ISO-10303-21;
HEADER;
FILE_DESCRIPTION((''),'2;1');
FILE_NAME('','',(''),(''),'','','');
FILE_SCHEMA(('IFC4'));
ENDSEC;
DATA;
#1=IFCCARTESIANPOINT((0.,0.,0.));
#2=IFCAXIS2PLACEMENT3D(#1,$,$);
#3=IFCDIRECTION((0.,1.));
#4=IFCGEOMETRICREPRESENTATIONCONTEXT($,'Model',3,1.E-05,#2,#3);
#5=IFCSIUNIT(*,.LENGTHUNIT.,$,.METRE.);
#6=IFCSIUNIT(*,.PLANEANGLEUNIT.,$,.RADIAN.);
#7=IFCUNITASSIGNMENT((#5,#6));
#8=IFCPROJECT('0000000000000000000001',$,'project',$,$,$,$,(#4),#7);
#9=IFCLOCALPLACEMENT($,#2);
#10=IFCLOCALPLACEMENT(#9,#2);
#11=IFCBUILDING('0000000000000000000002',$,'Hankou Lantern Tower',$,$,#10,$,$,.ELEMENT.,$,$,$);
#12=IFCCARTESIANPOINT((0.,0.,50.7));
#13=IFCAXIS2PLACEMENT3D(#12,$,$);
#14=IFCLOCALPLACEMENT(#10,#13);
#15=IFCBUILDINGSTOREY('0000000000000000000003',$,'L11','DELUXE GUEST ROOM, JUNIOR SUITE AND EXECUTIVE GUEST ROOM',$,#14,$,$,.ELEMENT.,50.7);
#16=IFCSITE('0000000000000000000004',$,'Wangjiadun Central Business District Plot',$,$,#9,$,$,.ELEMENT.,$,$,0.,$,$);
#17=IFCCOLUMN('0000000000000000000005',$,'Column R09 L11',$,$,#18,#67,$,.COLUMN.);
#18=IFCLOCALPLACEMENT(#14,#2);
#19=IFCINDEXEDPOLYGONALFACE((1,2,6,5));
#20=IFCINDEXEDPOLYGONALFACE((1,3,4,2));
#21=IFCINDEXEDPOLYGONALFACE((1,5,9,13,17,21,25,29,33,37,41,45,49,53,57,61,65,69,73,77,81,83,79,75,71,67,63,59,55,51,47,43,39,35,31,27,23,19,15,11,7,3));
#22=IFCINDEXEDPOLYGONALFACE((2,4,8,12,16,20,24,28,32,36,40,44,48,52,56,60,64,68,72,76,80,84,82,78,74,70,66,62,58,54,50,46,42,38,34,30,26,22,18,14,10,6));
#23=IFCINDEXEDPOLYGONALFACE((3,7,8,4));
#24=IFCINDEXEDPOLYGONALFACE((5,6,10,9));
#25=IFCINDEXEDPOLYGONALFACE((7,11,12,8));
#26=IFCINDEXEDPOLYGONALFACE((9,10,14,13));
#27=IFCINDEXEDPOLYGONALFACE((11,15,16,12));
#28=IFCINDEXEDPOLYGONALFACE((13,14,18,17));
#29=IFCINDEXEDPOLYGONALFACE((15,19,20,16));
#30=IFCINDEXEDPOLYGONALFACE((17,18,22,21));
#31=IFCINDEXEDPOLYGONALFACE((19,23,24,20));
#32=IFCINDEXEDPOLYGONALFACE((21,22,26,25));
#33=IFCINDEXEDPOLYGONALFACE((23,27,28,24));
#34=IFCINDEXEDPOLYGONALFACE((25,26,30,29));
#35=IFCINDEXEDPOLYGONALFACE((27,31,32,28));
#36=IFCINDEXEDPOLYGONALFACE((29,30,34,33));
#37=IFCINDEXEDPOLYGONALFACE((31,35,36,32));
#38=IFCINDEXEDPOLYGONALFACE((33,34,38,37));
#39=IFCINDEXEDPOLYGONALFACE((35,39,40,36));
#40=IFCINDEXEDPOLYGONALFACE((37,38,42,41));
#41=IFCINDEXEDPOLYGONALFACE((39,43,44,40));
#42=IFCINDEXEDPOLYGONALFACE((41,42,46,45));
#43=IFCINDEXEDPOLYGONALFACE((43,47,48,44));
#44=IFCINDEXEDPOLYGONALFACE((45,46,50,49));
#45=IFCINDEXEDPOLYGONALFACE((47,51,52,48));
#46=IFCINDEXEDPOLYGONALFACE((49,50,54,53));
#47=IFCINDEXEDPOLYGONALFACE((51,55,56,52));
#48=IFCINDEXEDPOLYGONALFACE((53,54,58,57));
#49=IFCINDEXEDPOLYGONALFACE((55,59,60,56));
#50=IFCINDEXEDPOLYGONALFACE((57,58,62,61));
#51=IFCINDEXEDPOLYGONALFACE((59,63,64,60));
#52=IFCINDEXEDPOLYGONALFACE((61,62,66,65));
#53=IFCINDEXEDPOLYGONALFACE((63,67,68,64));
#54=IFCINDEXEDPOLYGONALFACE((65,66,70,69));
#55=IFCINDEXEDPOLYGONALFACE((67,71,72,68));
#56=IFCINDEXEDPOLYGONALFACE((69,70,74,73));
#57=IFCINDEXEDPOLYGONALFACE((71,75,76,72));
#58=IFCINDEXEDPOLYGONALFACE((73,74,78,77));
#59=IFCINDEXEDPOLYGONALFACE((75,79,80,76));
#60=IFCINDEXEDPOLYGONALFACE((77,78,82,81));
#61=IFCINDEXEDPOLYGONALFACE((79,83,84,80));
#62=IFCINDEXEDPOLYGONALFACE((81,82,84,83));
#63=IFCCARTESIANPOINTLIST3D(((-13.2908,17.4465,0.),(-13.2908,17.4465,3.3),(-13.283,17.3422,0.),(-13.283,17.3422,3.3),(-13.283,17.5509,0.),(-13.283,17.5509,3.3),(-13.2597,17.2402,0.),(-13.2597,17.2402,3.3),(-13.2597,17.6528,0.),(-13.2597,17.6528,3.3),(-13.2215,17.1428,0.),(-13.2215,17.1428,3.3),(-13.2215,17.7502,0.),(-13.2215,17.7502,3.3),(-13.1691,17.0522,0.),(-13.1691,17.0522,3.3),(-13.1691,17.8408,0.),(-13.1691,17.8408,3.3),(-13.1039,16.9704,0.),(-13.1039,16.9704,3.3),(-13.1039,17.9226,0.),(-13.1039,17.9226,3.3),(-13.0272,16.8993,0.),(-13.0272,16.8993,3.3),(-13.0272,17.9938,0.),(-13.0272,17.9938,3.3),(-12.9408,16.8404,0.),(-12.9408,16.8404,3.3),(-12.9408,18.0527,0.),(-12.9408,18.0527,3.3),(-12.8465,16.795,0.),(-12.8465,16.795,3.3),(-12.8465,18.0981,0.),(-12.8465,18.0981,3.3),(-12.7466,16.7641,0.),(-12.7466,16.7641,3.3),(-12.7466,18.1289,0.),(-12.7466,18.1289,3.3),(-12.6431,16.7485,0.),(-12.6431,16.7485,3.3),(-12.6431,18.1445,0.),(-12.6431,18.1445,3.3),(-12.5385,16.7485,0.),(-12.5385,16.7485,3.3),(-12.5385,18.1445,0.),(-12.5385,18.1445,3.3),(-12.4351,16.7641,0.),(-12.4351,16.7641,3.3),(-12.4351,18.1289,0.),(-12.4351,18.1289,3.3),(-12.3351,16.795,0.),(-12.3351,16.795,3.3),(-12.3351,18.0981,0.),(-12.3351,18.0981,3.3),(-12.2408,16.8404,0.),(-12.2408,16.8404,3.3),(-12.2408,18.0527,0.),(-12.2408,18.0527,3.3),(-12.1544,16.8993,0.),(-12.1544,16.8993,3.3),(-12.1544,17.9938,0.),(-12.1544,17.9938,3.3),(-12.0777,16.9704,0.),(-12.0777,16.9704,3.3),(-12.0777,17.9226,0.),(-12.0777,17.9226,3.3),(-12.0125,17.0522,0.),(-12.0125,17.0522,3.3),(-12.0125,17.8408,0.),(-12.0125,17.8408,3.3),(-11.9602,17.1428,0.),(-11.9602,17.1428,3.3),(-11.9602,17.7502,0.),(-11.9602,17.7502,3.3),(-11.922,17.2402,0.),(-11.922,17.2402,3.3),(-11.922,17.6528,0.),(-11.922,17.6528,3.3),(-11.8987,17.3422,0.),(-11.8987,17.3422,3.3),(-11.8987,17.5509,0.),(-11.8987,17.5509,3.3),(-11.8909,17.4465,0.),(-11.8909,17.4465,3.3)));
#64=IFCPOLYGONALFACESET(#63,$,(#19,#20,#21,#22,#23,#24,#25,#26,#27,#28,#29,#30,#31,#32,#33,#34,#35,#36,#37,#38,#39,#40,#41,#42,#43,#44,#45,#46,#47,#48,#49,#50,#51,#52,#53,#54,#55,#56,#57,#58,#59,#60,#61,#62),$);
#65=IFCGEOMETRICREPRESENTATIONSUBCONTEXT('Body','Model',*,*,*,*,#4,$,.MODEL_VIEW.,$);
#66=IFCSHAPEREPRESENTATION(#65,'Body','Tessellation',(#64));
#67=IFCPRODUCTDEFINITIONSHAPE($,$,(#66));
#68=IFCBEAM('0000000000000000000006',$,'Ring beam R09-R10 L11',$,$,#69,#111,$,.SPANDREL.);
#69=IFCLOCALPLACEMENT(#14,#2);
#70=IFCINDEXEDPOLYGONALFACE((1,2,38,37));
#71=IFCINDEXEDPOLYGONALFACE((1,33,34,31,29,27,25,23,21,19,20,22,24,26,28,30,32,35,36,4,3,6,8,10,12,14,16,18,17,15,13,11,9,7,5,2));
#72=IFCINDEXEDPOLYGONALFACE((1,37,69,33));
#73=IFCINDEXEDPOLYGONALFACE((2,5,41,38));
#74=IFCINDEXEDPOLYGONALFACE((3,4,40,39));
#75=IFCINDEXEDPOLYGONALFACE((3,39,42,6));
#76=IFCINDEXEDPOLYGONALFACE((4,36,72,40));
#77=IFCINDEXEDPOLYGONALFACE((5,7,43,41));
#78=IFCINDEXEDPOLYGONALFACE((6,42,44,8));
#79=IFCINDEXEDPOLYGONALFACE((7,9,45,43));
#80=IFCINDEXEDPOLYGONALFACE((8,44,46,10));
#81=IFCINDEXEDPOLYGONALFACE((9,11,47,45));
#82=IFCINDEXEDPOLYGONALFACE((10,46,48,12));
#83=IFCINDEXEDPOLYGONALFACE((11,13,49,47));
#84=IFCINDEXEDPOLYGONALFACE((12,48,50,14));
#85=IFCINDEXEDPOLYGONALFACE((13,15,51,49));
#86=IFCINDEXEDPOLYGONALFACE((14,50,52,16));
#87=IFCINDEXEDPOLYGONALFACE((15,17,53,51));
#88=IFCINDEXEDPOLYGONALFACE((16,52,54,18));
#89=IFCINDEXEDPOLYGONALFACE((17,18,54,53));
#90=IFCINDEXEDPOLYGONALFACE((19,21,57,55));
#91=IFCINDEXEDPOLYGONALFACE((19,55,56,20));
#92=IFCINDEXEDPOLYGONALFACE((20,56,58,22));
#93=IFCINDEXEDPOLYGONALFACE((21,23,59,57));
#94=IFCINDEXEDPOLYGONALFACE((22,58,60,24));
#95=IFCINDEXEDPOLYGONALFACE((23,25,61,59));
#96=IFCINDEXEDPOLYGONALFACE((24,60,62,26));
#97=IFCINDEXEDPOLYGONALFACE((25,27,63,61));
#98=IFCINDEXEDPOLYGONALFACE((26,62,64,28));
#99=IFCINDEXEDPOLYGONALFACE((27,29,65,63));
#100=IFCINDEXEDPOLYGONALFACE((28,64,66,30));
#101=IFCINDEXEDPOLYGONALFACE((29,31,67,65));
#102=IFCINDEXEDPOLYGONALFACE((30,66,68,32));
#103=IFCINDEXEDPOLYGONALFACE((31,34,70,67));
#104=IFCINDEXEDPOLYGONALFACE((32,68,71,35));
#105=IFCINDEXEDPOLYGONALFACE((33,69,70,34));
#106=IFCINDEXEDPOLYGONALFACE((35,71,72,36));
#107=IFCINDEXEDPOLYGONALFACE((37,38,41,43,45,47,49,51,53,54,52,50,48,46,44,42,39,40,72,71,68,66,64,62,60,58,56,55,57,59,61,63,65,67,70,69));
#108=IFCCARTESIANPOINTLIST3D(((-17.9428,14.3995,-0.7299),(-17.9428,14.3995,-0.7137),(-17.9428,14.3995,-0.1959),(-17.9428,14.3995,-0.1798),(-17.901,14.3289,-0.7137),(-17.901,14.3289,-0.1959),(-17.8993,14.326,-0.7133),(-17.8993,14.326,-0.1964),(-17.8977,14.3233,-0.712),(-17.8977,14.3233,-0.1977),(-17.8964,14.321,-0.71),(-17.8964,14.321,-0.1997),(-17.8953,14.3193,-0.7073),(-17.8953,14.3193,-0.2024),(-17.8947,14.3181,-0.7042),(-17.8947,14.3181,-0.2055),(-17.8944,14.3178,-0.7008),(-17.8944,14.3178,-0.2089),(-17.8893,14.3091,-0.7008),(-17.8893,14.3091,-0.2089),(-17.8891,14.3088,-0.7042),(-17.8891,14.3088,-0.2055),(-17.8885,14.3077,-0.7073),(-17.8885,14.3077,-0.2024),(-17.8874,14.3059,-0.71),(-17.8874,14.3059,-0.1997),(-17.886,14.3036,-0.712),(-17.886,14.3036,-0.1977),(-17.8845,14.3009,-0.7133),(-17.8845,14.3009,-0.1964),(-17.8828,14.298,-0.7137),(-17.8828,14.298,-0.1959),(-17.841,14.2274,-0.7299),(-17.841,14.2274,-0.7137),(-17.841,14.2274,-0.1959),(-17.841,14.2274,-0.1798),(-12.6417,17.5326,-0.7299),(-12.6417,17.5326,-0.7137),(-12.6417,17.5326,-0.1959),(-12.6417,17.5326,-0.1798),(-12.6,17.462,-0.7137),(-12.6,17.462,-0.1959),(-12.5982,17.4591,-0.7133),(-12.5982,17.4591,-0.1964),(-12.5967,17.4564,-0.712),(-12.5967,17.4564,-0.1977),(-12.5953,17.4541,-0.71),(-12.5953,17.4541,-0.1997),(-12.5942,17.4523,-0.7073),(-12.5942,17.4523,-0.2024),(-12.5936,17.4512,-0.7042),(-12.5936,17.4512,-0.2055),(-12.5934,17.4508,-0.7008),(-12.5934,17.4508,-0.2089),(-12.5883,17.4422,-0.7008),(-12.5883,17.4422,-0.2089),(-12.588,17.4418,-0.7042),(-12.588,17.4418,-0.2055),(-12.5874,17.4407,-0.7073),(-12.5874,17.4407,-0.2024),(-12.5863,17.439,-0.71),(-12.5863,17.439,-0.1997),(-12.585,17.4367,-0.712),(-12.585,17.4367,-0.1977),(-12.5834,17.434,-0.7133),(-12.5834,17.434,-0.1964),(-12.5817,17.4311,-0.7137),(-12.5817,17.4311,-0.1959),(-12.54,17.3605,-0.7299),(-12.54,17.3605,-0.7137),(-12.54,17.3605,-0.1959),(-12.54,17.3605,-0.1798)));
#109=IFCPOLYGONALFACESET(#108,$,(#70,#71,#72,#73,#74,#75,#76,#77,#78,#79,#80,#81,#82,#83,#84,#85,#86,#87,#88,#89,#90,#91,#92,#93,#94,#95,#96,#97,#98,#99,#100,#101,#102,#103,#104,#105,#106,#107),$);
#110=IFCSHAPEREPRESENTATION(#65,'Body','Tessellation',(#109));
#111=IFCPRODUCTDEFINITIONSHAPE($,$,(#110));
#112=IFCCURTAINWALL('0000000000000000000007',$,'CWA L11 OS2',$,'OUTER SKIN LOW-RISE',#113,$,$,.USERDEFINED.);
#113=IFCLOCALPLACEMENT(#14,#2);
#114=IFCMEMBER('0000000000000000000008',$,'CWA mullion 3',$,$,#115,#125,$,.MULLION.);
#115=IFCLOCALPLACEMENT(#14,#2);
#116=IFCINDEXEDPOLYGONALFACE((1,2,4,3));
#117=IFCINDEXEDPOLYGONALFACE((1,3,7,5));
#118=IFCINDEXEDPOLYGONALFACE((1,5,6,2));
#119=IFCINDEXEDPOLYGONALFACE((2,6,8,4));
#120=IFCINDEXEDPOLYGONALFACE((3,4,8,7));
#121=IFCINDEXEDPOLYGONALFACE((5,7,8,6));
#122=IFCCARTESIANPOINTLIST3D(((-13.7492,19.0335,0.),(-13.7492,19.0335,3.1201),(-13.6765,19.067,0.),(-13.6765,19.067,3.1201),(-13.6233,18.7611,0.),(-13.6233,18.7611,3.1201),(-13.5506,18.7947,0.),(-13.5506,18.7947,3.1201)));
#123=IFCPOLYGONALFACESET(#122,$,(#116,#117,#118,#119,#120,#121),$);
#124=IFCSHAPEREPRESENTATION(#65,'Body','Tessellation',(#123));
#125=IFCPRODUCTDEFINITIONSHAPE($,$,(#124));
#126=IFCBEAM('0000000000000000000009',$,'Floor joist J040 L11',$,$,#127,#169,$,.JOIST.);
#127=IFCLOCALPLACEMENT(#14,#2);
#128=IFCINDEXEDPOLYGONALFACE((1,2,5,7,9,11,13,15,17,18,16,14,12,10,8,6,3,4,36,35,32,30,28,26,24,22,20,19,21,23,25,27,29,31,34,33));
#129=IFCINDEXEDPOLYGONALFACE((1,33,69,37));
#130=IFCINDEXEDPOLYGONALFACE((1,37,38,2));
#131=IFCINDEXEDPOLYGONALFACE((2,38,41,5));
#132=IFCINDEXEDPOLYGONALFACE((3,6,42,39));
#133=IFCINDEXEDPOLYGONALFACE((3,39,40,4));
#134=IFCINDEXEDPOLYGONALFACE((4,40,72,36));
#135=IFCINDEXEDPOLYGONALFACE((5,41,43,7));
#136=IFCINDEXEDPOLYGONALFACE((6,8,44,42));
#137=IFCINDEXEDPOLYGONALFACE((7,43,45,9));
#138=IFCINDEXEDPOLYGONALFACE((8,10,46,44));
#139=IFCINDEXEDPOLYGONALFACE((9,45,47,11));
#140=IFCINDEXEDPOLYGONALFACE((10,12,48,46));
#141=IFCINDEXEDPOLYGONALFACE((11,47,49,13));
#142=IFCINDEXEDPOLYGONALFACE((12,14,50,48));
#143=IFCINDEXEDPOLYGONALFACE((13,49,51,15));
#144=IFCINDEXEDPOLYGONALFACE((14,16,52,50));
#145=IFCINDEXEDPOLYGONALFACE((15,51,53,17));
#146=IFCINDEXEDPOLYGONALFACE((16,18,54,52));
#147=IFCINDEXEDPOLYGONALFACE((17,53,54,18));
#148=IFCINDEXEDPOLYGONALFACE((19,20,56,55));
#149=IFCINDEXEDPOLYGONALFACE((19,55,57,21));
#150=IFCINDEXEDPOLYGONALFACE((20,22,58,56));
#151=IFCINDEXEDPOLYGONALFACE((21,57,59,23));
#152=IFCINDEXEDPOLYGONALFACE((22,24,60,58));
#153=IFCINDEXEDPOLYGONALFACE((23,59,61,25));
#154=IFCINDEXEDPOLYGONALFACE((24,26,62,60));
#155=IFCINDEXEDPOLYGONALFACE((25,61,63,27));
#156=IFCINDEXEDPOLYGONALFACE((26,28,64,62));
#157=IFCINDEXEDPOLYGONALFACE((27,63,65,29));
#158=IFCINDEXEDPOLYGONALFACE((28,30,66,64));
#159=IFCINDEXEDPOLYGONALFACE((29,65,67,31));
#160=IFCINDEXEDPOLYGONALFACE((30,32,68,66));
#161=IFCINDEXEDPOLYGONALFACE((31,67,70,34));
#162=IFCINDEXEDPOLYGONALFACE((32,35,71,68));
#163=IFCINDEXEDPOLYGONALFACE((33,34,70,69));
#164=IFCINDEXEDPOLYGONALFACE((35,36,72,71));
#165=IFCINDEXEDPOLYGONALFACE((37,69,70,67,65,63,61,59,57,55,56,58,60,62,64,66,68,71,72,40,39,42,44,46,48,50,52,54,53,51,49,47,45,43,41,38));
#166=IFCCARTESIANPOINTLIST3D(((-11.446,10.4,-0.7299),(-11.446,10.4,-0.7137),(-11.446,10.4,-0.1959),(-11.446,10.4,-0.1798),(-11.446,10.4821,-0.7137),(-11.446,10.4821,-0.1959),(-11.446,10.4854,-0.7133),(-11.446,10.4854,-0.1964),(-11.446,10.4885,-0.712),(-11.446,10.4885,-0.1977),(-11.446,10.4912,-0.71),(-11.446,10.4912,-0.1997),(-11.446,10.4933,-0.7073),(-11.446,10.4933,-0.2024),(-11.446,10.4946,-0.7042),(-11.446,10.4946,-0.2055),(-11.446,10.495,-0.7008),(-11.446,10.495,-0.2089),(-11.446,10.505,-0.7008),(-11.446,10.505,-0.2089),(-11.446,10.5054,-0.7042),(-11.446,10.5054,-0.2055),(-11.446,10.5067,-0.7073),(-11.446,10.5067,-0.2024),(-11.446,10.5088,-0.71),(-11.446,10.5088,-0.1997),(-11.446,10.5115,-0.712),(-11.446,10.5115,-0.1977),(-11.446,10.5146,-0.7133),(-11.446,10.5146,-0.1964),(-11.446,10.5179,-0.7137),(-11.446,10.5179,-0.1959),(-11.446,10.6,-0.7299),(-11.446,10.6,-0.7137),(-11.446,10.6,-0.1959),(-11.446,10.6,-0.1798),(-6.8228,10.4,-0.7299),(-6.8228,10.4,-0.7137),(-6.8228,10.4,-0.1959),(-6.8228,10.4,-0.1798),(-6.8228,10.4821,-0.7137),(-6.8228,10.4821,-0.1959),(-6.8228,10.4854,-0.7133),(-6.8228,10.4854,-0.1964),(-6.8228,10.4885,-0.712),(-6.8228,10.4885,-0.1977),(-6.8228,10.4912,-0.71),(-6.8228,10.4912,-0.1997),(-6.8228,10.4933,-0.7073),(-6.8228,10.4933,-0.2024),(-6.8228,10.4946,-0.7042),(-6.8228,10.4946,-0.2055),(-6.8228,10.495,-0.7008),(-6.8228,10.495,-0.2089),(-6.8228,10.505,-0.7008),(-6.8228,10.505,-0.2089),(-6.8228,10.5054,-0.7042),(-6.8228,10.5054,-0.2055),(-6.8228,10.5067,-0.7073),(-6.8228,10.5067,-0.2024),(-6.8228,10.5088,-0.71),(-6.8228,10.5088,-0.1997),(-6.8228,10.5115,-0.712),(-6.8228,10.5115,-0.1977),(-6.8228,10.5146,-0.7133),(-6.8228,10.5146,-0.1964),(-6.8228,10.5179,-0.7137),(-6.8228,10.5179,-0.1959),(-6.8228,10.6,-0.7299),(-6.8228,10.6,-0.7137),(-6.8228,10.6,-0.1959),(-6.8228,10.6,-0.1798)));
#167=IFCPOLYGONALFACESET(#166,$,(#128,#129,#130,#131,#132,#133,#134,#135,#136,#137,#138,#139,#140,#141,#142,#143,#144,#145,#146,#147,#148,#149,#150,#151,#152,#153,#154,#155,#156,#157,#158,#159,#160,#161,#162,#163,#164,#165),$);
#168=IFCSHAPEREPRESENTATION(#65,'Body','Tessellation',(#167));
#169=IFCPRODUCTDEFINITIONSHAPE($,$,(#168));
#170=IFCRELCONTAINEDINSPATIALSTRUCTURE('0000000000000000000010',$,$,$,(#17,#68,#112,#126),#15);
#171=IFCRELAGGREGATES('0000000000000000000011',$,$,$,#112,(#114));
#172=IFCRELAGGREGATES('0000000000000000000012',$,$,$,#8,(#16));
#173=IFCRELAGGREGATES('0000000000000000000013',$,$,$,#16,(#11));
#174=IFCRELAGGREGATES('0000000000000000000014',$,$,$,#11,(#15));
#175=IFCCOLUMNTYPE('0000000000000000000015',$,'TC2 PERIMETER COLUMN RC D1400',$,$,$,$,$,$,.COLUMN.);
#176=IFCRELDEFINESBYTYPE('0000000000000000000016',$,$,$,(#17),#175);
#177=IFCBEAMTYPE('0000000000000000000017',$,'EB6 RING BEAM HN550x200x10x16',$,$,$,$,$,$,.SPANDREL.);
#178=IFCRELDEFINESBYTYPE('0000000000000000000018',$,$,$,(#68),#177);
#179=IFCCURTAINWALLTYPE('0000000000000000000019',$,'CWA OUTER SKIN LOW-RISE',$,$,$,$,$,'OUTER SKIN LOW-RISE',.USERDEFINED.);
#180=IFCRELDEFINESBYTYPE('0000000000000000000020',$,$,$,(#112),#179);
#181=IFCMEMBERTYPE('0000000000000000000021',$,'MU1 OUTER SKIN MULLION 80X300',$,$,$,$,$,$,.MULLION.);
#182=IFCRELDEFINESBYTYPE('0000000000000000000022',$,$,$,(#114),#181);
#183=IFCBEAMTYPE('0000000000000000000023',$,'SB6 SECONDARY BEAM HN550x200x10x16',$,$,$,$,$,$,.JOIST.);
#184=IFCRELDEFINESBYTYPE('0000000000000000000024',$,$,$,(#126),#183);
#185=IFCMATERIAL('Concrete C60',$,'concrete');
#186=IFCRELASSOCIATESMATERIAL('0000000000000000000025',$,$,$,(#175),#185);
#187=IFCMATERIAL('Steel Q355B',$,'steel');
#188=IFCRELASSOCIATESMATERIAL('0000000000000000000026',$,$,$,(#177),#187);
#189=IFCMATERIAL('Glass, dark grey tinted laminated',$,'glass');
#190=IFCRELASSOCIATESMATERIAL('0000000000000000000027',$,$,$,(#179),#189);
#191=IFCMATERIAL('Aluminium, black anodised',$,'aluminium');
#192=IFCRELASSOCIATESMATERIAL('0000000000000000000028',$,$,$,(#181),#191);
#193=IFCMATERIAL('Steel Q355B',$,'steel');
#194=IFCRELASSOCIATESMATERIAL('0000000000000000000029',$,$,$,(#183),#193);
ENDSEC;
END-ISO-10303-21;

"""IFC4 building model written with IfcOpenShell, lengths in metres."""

from ifc_helpers import new_model, si_unit, direction, frame, origin, origin_2d, place, context, subcontext, project, spatial, rectangle, circle, i_section, extrude, material, material_profile, profile_set, type_object, element, aggregate, save


model = new_model("IFC4")

# Units and contexts
model_context = context("Model", 3, precision=1e-05, world=origin(), true_north=direction((0.0, 1.0)))
body_context = subcontext(model_context, "Body", "Model", "MODEL_VIEW")
ifc_project = project(units=[si_unit("LENGTHUNIT", "METRE"), si_unit("PLANEANGLEUNIT", "RADIAN")], contexts=[model_context])

# Site, building, storey
site_placement = place(None, origin())
site = spatial("IfcSite", under=ifc_project, at=site_placement, Name="Wangjiadun Central Business District Plot", CompositionType="ELEMENT", RefElevation=0.0)
building_placement = place(site_placement, origin())
building = spatial("IfcBuilding", under=site, at=building_placement, Name="Hankou Lantern Tower", CompositionType="ELEMENT")
storey_placement = place(building_placement, frame((0.0, 0.0, 50.7)))
storey = spatial("IfcBuildingStorey", under=building, at=storey_placement, Name="L11", Description="DELUXE GUEST ROOM, JUNIOR SUITE AND EXECUTIVE GUEST ROOM", CompositionType="ELEMENT", Elevation=50.7)

# Column
ifc_material_1 = material(Name="Concrete C60", Category="concrete")
ifc_material_profile_1 = material_profile(ifc_material_1, circle(Radius=0.7, at=origin_2d()), Name="RC D1400")
ifc_profile_set_1 = profile_set([ifc_material_profile_1], Name="Concrete C60")
column_type = type_object("IfcColumnType", Name="TC2 PERIMETER COLUMN RC D1400", PredefinedType="COLUMN", material=ifc_profile_set_1)
column_placement = place(storey_placement, frame((-12.5908, 17.4465, 0.0), z_axis=(0.0, 0.0, 1.0), x_axis=(1.0, 0.0, 0.0)))
element("IfcColumn", 1, at=column_placement, inside=storey, type_object=column_type, Name="Column R09 L11", PredefinedType="COLUMN", context=body_context, shape_type="SweptSolid", body=[
    extrude(circle(Radius=0.7, at=origin_2d()), origin(), (0.0, 0.0, 1.0), 3.3),
])

# Beam
ifc_material_2 = material(Name="Steel Q355B", Category="steel")
ifc_material_profile_2 = material_profile(ifc_material_2, i_section(OverallWidth=0.2, OverallDepth=0.55, WebThickness=0.01, FlangeThickness=0.0161, FilletRadius=0.0129, at=origin_2d()), Name="HN550x200x10x16")
ifc_profile_set_2 = profile_set([ifc_material_profile_2], Name="Steel Q355B")
beam_type_1 = type_object("IfcBeamType", Name="EB6 RING BEAM HN550x200x10x16", PredefinedType="SPANDREL", material=ifc_profile_set_2)
beam_1_placement = place(storey_placement, frame((-12.5908, 17.4465, -0.4548), z_axis=(-0.860882, -0.508805, 0.0), x_axis=(0.508805, -0.860882, 0.0)))
element("IfcBeam", 2, at=beam_1_placement, inside=storey, type_object=beam_type_1, Name="Ring beam R09-R10 L11", PredefinedType="SPANDREL", context=body_context, shape_type="SweptSolid", body=[
    extrude(i_section(OverallWidth=0.2, OverallDepth=0.55, WebThickness=0.01, FlangeThickness=0.0161, FilletRadius=0.0129, at=origin_2d()), origin(), (0.0, 0.0, 1.0), 6.1577),
])

# Curtain wall, member
ifc_material_3 = material(Name="Glass, dark grey tinted laminated", Category="glass")
curtain_wall_type = type_object("IfcCurtainWallType", Name="CWA OUTER SKIN LOW-RISE", ElementType="OUTER SKIN LOW-RISE", PredefinedType="USERDEFINED", material=ifc_material_3)
curtain_wall_placement = place(storey_placement, origin())
curtain_wall = element("IfcCurtainWall", 3, at=curtain_wall_placement, inside=storey, type_object=curtain_wall_type, Name="CWA L11 OS2", ObjectType="OUTER SKIN LOW-RISE", PredefinedType="USERDEFINED")
ifc_material_4 = material(Name="Aluminium, black anodised", Category="aluminium")
ifc_material_profile_3 = material_profile(ifc_material_4, rectangle(XDim=0.0801, YDim=0.3, at=origin_2d()), Name="MU1 80X300")
ifc_profile_set_3 = profile_set([ifc_material_profile_3], Name="Aluminium, black anodised")
member_type_1 = type_object("IfcMemberType", Name="MU1 OUTER SKIN MULLION 80X300", PredefinedType="MULLION", material=ifc_profile_set_3)
member_1_placement = place(storey_placement, frame((-13.6499, 18.9141, 0.0), z_axis=(0.0, 0.0, 1.0), x_axis=(-0.907841, -0.419314, 0.0)))
member_1 = element("IfcMember", 4, at=member_1_placement, type_object=member_type_1, Name="CWA mullion 3", PredefinedType="MULLION", context=body_context, shape_type="SweptSolid", body=[
    extrude(rectangle(XDim=0.0801, YDim=0.3, at=origin_2d()), origin(), (0.0, 0.0, 1.0), 3.1201),
])

# Beam
ifc_material_5 = material(Name="Steel Q355B", Category="steel")
ifc_material_profile_4 = material_profile(ifc_material_5, i_section(OverallWidth=0.2, OverallDepth=0.55, WebThickness=0.01, FlangeThickness=0.0161, FilletRadius=0.0129, at=origin_2d()), Name="HN550x200x10x16")
ifc_profile_set_4 = profile_set([ifc_material_profile_4], Name="Steel Q355B")
beam_type_2 = type_object("IfcBeamType", Name="SB6 SECONDARY BEAM HN550x200x10x16", PredefinedType="JOIST", material=ifc_profile_set_4)
beam_2_placement = place(storey_placement, frame((-11.446, 10.5, -0.4548), z_axis=(1.0, 0.0, 0.0), x_axis=(0.0, 1.0, 0.0)))
element("IfcBeam", 5, at=beam_2_placement, inside=storey, type_object=beam_type_2, Name="Floor joist J040 L11", PredefinedType="JOIST", context=body_context, shape_type="SweptSolid", body=[
    extrude(i_section(OverallWidth=0.2, OverallDepth=0.55, WebThickness=0.01, FlangeThickness=0.0161, FilletRadius=0.0129, at=origin_2d()), origin(), (0.0, 0.0, 1.0), 4.6233),
])

aggregate(curtain_wall, [member_1])

save(model, "model.ifc")
